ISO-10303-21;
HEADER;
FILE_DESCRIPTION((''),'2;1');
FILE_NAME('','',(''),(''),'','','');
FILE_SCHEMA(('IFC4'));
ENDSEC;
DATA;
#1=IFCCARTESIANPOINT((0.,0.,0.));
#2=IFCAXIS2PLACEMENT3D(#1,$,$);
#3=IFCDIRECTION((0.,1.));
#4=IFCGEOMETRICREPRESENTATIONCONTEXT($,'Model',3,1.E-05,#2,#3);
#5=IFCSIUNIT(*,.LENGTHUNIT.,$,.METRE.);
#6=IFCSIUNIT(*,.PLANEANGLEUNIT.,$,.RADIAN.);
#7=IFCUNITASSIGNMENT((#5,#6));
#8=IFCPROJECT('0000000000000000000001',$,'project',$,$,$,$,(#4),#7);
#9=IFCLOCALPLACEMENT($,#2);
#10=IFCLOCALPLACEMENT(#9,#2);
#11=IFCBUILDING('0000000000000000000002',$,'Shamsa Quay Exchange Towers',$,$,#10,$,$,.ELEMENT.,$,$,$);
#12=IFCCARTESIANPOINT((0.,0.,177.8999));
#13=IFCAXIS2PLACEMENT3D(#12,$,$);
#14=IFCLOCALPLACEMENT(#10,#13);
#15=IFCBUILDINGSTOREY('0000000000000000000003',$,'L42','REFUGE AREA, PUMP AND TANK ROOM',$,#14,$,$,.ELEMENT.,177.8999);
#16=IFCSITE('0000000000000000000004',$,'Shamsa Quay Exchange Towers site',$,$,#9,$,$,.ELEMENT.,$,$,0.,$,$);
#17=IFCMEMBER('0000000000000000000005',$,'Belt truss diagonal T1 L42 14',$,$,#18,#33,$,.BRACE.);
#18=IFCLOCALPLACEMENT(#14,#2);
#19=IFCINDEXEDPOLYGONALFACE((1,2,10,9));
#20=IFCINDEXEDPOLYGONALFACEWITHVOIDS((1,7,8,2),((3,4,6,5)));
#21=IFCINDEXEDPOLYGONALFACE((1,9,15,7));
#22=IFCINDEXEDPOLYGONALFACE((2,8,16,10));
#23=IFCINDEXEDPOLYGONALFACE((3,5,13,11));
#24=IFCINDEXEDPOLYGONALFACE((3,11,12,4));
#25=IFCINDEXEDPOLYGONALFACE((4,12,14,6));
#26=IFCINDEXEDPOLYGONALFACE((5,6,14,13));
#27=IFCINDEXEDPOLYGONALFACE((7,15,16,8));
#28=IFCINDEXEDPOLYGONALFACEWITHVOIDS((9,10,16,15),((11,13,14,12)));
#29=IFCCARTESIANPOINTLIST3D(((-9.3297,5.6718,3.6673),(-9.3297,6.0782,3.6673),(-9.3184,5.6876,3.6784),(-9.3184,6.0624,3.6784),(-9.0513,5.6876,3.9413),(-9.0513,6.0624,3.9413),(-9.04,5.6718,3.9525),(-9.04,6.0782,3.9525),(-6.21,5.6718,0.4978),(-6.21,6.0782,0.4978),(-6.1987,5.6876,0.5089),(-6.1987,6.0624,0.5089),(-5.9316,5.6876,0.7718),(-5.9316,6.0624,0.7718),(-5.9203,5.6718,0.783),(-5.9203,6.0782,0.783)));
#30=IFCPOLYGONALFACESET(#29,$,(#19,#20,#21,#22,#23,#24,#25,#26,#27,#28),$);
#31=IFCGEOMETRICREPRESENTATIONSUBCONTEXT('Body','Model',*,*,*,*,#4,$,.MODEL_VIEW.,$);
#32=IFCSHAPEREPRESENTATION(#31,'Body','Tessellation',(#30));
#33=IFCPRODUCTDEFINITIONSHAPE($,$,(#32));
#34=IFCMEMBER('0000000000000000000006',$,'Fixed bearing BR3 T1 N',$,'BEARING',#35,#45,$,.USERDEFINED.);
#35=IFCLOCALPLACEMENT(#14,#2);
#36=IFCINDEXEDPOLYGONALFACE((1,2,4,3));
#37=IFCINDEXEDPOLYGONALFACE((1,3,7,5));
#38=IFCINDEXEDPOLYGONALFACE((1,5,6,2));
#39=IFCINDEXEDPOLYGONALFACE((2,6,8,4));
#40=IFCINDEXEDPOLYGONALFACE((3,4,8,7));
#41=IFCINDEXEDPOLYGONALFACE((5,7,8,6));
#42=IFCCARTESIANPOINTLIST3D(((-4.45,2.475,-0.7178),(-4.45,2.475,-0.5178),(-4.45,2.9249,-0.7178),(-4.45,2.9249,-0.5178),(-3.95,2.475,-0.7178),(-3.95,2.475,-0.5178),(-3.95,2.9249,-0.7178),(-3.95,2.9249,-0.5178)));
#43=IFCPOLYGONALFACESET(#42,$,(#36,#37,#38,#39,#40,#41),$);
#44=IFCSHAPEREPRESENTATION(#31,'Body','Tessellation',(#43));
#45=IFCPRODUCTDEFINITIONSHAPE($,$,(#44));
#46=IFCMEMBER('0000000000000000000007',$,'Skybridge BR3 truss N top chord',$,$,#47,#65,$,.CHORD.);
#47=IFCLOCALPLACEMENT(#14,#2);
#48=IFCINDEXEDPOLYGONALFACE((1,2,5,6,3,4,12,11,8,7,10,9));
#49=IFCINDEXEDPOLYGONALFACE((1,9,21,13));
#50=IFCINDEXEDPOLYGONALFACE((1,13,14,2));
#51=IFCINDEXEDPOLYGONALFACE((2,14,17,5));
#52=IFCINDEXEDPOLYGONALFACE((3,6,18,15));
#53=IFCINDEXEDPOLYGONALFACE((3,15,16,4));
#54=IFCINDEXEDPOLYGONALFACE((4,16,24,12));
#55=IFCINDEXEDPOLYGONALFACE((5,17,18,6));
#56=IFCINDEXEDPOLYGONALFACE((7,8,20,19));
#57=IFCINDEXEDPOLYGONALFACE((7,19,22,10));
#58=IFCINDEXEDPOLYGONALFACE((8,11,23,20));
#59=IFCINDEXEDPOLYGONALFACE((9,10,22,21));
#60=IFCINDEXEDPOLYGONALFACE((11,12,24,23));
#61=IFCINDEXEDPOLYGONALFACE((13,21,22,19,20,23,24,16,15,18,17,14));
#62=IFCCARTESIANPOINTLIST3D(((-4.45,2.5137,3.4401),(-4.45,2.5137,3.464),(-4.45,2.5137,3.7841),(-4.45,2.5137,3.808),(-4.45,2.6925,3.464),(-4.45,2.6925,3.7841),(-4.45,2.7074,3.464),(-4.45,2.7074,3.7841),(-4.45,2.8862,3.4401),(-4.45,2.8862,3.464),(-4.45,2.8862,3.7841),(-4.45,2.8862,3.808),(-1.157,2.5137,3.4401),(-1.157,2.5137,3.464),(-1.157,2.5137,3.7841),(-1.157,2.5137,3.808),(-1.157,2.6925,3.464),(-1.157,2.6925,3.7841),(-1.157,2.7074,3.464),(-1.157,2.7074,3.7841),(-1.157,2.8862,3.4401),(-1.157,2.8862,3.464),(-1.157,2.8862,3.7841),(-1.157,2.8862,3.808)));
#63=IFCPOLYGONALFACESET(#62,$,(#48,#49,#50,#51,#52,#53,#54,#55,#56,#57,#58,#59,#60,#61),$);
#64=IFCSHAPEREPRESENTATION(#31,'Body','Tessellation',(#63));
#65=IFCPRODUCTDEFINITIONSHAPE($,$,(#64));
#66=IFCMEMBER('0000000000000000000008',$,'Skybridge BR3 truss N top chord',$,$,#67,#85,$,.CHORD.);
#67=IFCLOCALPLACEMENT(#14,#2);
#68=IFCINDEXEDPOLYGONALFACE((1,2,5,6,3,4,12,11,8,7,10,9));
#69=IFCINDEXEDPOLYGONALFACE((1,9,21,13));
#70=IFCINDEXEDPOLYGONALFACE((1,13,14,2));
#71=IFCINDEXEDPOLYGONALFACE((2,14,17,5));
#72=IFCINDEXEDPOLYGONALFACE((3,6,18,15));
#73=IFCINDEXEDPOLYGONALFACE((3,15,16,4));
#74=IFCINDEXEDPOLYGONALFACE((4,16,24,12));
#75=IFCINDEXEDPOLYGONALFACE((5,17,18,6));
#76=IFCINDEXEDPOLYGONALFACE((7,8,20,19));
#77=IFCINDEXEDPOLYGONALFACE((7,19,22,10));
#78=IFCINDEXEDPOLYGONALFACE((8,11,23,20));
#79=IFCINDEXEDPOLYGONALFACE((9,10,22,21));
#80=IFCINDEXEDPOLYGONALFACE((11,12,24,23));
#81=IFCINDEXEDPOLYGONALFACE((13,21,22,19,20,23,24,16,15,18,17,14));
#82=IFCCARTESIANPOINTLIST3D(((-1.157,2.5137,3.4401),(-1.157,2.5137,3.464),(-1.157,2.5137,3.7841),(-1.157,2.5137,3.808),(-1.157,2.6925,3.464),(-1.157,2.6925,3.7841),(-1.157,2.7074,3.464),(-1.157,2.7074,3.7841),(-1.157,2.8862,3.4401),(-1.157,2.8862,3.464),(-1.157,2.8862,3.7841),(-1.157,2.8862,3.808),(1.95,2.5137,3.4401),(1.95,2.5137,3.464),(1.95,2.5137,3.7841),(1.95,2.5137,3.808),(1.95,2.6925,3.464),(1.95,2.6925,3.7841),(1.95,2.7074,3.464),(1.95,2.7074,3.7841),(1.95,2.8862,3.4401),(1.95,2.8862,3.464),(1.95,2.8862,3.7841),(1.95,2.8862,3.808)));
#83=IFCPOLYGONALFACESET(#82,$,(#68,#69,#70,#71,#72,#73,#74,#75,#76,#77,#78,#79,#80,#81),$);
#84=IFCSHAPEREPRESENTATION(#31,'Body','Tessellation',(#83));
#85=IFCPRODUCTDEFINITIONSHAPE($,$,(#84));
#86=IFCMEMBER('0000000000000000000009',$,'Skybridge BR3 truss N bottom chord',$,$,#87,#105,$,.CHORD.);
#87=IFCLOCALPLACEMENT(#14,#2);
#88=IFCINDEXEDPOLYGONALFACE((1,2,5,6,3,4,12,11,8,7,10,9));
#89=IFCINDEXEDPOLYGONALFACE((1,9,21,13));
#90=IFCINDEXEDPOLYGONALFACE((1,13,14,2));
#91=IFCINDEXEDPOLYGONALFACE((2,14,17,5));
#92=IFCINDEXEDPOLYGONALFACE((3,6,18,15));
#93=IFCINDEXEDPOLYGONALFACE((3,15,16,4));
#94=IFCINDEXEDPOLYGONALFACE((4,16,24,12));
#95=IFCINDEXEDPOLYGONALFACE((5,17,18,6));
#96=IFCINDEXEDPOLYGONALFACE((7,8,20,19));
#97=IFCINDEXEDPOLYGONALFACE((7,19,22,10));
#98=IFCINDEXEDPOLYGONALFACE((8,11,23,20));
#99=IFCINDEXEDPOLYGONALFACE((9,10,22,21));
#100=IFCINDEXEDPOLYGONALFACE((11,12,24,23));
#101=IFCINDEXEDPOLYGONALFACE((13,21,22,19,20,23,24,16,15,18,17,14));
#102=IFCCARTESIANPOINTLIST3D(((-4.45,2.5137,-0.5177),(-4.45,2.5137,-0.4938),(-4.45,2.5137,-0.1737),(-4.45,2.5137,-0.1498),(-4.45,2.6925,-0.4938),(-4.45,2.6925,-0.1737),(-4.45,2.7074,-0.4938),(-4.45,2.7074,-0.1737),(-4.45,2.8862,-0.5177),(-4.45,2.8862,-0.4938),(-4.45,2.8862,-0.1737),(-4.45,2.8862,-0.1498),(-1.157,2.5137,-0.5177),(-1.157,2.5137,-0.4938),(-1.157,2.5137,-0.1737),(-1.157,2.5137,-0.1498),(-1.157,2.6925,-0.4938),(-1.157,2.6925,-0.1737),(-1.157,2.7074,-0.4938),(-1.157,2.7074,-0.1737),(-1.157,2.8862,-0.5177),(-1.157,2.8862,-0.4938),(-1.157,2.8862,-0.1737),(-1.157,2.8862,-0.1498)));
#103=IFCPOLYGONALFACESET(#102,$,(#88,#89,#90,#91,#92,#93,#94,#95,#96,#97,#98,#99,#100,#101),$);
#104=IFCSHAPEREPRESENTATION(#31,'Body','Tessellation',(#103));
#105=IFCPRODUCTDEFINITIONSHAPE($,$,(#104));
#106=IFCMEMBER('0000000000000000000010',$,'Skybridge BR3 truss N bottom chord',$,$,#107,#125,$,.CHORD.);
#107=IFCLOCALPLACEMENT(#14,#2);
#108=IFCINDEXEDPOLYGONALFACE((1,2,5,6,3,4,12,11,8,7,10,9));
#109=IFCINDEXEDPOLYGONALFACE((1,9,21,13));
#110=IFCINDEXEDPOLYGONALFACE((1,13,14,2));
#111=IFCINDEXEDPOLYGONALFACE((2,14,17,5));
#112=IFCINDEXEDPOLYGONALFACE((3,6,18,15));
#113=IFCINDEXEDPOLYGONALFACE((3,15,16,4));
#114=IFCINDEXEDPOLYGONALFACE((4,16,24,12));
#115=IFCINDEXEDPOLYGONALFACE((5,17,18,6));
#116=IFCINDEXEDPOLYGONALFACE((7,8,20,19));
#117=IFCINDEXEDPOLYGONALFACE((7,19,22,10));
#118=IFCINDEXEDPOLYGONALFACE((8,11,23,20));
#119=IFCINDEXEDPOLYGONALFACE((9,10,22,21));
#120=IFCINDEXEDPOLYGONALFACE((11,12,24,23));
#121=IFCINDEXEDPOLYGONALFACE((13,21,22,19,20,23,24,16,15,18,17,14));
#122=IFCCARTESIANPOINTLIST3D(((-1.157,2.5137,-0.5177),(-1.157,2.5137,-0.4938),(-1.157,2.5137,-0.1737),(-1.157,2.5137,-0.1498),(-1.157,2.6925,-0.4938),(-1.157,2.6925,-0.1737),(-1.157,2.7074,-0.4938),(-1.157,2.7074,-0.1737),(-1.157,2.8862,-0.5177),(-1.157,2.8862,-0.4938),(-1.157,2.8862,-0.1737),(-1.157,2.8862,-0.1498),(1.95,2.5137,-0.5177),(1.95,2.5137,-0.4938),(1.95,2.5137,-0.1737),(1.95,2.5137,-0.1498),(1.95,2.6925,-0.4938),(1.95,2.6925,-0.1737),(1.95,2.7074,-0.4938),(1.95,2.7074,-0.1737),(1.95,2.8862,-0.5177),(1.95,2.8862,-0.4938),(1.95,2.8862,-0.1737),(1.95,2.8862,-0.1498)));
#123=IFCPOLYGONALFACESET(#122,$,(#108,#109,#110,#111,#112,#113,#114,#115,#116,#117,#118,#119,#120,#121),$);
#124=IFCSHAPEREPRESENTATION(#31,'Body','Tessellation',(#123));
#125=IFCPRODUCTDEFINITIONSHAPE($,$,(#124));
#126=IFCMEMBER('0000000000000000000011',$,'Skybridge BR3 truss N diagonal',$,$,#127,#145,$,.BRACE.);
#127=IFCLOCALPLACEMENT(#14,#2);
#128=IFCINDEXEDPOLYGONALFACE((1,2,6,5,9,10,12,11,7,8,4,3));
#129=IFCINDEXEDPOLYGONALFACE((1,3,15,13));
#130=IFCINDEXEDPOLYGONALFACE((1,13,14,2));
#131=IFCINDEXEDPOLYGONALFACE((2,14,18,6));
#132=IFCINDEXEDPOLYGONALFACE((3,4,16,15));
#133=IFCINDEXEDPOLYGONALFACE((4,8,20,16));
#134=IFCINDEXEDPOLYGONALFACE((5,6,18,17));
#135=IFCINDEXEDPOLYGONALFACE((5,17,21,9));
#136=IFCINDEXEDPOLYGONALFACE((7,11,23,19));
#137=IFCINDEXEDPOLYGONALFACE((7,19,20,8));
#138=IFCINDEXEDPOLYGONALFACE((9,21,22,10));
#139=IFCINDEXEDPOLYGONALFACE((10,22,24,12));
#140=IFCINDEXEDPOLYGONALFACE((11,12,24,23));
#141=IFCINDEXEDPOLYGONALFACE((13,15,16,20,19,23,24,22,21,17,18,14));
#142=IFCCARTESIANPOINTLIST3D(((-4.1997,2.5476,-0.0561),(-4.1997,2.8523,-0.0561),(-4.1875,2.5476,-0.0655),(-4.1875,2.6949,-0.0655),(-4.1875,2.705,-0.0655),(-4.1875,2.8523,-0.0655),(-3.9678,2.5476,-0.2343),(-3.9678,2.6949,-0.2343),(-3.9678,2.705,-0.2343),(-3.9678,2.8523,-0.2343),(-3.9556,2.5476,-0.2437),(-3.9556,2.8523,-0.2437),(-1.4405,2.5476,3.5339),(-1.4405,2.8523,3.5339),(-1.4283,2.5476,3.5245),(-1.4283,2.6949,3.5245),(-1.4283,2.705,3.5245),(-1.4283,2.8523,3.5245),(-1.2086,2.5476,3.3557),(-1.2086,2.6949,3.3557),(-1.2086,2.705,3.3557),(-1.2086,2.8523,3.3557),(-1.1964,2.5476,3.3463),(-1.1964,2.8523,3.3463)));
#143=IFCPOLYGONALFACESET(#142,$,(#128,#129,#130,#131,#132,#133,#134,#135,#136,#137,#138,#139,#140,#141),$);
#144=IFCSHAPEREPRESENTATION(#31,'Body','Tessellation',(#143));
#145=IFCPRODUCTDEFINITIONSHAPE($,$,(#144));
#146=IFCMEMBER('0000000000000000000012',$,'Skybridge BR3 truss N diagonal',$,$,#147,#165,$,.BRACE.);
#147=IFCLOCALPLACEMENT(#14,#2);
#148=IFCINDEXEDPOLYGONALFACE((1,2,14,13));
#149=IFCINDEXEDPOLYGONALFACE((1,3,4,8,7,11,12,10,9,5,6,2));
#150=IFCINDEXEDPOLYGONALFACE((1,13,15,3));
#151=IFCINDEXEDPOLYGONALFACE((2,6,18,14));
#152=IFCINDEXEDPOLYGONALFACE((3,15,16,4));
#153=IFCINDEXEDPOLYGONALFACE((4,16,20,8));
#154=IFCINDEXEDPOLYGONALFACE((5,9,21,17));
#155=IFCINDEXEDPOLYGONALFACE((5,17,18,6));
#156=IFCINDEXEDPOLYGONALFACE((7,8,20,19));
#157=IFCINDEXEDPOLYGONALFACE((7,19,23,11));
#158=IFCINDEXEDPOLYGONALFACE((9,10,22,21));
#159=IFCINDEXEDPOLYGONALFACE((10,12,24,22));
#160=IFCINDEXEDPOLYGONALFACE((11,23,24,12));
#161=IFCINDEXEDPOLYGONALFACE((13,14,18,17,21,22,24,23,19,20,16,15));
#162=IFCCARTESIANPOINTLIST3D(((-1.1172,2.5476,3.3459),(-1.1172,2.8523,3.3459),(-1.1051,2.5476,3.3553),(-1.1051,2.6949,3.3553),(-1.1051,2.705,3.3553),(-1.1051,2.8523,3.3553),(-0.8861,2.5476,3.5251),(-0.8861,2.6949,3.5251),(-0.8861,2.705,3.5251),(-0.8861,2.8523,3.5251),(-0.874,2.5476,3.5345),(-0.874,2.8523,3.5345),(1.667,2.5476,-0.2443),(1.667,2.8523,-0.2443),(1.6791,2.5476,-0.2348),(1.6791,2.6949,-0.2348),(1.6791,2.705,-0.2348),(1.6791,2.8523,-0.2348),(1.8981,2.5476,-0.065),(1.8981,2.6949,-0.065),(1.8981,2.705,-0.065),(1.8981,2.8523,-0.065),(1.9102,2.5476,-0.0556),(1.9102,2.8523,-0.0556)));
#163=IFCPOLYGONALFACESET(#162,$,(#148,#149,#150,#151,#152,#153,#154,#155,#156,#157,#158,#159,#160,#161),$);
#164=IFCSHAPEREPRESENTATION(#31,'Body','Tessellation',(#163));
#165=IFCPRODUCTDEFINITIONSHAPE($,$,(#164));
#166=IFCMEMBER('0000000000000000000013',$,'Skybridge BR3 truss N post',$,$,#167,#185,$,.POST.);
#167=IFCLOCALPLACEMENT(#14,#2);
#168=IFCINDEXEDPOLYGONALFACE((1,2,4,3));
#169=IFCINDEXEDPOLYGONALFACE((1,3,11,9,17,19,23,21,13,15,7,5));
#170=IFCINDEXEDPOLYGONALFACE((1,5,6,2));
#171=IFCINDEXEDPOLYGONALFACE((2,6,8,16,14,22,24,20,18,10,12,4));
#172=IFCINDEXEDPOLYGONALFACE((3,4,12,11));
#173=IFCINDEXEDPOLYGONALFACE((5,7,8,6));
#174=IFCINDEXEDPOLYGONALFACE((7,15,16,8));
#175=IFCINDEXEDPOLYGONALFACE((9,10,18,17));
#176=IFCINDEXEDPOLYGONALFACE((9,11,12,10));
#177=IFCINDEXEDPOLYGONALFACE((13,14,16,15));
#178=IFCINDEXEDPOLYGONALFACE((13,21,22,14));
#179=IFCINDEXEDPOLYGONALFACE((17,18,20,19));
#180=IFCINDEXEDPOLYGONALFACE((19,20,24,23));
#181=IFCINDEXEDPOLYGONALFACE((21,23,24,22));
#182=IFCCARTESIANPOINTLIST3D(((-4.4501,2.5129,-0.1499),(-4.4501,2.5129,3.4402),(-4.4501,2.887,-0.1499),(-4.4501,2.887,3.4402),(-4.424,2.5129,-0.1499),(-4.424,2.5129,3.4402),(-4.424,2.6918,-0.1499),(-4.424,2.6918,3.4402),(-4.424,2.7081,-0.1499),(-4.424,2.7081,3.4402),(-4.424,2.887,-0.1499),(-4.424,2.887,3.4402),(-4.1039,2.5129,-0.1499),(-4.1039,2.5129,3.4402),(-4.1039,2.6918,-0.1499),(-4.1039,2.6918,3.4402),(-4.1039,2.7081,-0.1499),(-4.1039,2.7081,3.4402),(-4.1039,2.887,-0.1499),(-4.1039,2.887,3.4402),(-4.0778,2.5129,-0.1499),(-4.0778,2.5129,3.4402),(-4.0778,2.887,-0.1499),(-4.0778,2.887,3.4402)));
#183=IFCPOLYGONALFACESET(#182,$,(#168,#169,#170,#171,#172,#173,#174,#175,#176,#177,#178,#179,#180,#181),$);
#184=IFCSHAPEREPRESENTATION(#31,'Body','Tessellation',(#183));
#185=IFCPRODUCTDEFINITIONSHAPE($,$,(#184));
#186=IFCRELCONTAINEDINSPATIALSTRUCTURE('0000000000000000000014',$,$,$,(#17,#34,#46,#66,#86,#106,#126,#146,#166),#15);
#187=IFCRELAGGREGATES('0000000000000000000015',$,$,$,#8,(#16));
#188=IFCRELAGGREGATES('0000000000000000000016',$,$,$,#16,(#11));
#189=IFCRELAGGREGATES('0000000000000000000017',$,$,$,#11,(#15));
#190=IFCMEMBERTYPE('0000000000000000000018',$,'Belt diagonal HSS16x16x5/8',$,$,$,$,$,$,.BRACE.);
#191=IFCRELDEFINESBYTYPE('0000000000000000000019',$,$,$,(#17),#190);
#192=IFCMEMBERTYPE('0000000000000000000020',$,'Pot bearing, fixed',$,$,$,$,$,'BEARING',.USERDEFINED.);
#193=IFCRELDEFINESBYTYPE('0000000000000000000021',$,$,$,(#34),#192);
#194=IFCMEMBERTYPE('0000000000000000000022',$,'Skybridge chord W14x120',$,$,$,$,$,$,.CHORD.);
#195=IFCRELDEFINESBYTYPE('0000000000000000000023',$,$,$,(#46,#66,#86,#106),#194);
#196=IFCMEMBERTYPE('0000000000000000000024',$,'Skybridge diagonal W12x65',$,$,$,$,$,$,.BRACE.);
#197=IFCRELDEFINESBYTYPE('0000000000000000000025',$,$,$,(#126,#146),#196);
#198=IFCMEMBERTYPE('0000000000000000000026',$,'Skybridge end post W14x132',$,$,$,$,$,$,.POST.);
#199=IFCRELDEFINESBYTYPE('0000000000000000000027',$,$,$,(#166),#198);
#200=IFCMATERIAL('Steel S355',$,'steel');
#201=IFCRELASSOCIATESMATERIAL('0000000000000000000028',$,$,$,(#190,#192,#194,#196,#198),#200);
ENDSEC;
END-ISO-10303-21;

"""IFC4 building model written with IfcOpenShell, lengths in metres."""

from ifc_helpers import new_model, si_unit, direction, frame, origin, origin_2d, place, context, subcontext, project, spatial, rectangle, hollow_rectangle, i_section, extrude, material, material_profile, profile_set, type_object, element, save


model = new_model("IFC4")

# Units and contexts
model_context = context("Model", 3, precision=1e-05, world=origin(), true_north=direction((0.0, 1.0)))
body_context = subcontext(model_context, "Body", "Model", "MODEL_VIEW")
ifc_project = project(units=[si_unit("LENGTHUNIT", "METRE"), si_unit("PLANEANGLEUNIT", "RADIAN")], contexts=[model_context])

# Site, building, storey
site_placement = place(None, origin())
site = spatial("IfcSite", under=ifc_project, at=site_placement, Name="Shamsa Quay Exchange Towers site", CompositionType="ELEMENT", RefElevation=0.0)
building_placement = place(site_placement, origin())
building = spatial("IfcBuilding", under=site, at=building_placement, Name="Shamsa Quay Exchange Towers", CompositionType="ELEMENT")
storey_placement = place(building_placement, frame((0.0, 0.0, 177.8999)))
storey = spatial("IfcBuildingStorey", under=building, at=storey_placement, Name="L42", Description="REFUGE AREA, PUMP AND TANK ROOM", CompositionType="ELEMENT", Elevation=177.8999)

# Members
ifc_material_1 = material(Name="Steel S355", Category="steel")
ifc_material_profile_1 = material_profile(ifc_material_1, hollow_rectangle(XDim=0.4065, YDim=0.4065, WallThickness=0.0159, at=origin_2d()), Name="HSS16x16x5/8")
ifc_profile_set_1 = profile_set([ifc_material_profile_1], Name="Steel S355")
member_type_1 = type_object("IfcMemberType", Name="Belt diagonal HSS16x16x5/8", PredefinedType="BRACE", material=ifc_profile_set_1)
member_1_placement = place(storey_placement, frame((-6.0652, 5.875, 0.6404), z_axis=(-0.701485, 0.0, 0.712684), x_axis=(0.0, -1.0, 0.0)))
element("IfcMember", 1, at=member_1_placement, inside=storey, type_object=member_type_1, Name="Belt truss diagonal T1 L42 14", PredefinedType="BRACE", context=body_context, shape_type="SweptSolid", body=[
    extrude(hollow_rectangle(XDim=0.4065, YDim=0.4065, WallThickness=0.0159, at=origin_2d()), origin(), (0.0, 0.0, 1.0), 4.4473),
])
ifc_material_profile_2 = material_profile(ifc_material_1, rectangle(XDim=0.5, YDim=0.2, at=origin_2d()), Name="500x200")
ifc_profile_set_2 = profile_set([ifc_material_profile_2], Name="Steel S355")
member_type_2 = type_object("IfcMemberType", Name="Pot bearing, fixed", ElementType="BEARING", PredefinedType="USERDEFINED", material=ifc_profile_set_2)
member_2_placement = place(storey_placement, frame((-4.2, 2.7, -0.7178)))
element("IfcMember", 2, at=member_2_placement, inside=storey, type_object=member_type_2, Name="Fixed bearing BR3 T1 N", ObjectType="BEARING", PredefinedType="USERDEFINED", context=body_context, shape_type="SweptSolid", body=[
    extrude(rectangle(XDim=0.5, YDim=0.45, at=origin_2d()), origin(), (0.0, 0.0, 1.0), 0.2),
])
ifc_material_profile_3 = material_profile(ifc_material_1, i_section(OverallWidth=0.3726, OverallDepth=0.3679, WebThickness=0.0149, FlangeThickness=0.0239, at=origin_2d()), Name="W14x120")
ifc_profile_set_3 = profile_set([ifc_material_profile_3], Name="Steel S355")
member_type_3 = type_object("IfcMemberType", Name="Skybridge chord W14x120", PredefinedType="CHORD", material=ifc_profile_set_3)
member_3_placement = place(storey_placement, frame((-4.45, 2.7, 3.624), z_axis=(1.0, 0.0, 0.0), x_axis=(0.0, 1.0, 0.0)))
element("IfcMember", 3, at=member_3_placement, inside=storey, type_object=member_type_3, Name="Skybridge BR3 truss N top chord", PredefinedType="CHORD", context=body_context, shape_type="SweptSolid", body=[
    extrude(i_section(OverallWidth=0.3726, OverallDepth=0.3679, WebThickness=0.0149, FlangeThickness=0.0239, at=origin_2d()), origin(), (0.0, 0.0, 1.0), 3.293),
])
member_4_placement = place(storey_placement, frame((-1.157, 2.7, 3.624), z_axis=(1.0, 0.0, 0.0), x_axis=(0.0, 1.0, 0.0)))
element("IfcMember", 4, at=member_4_placement, inside=storey, type_object=member_type_3, Name="Skybridge BR3 truss N top chord", PredefinedType="CHORD", context=body_context, shape_type="SweptSolid", body=[
    extrude(i_section(OverallWidth=0.3726, OverallDepth=0.3679, WebThickness=0.0149, FlangeThickness=0.0239, at=origin_2d()), origin(), (0.0, 0.0, 1.0), 3.1069),
])
member_5_placement = place(storey_placement, frame((-4.45, 2.7, -0.3337), z_axis=(1.0, 0.0, 0.0), x_axis=(0.0, 1.0, 0.0)))
element("IfcMember", 5, at=member_5_placement, inside=storey, type_object=member_type_3, Name="Skybridge BR3 truss N bottom chord", PredefinedType="CHORD", context=body_context, shape_type="SweptSolid", body=[
    extrude(i_section(OverallWidth=0.3726, OverallDepth=0.3679, WebThickness=0.0149, FlangeThickness=0.0239, at=origin_2d()), origin(), (0.0, 0.0, 1.0), 3.293),
])
member_6_placement = place(storey_placement, frame((-1.157, 2.7, -0.3337), z_axis=(1.0, 0.0, 0.0), x_axis=(0.0, 1.0, 0.0)))
element("IfcMember", 6, at=member_6_placement, inside=storey, type_object=member_type_3, Name="Skybridge BR3 truss N bottom chord", PredefinedType="CHORD", context=body_context, shape_type="SweptSolid", body=[
    extrude(i_section(OverallWidth=0.3726, OverallDepth=0.3679, WebThickness=0.0149, FlangeThickness=0.0239, at=origin_2d()), origin(), (0.0, 0.0, 1.0), 3.1069),
])
ifc_material_profile_4 = material_profile(ifc_material_1, i_section(OverallWidth=0.3047, OverallDepth=0.3079, WebThickness=0.01, FlangeThickness=0.0154, at=origin_2d()), Name="W12x65")
ifc_profile_set_4 = profile_set([ifc_material_profile_4], Name="Steel S355")
member_type_4 = type_object("IfcMemberType", Name="Skybridge diagonal W12x65", PredefinedType="BRACE", material=ifc_profile_set_4)
member_7_placement = place(storey_placement, frame((-4.0776, 2.7, -0.1499), z_axis=(0.609388, 0.0, 0.792872), x_axis=(0.0, 1.0, 0.0)))
element("IfcMember", 7, at=member_7_placement, inside=storey, type_object=member_type_4, Name="Skybridge BR3 truss N diagonal", PredefinedType="BRACE", context=body_context, shape_type="SweptSolid", body=[
    extrude(i_section(OverallWidth=0.3047, OverallDepth=0.3079, WebThickness=0.01, FlangeThickness=0.0154, at=origin_2d()), origin(), (0.0, 0.0, 1.0), 4.5278),
])
member_8_placement = place(storey_placement, frame((-0.9956, 2.7, 3.4402), z_axis=(0.612828, 0.0, -0.790217), x_axis=(0.0, 1.0, 0.0)))
element("IfcMember", 8, at=member_8_placement, inside=storey, type_object=member_type_4, Name="Skybridge BR3 truss N diagonal", PredefinedType="BRACE", context=body_context, shape_type="SweptSolid", body=[
    extrude(i_section(OverallWidth=0.3047, OverallDepth=0.3079, WebThickness=0.01, FlangeThickness=0.0154, at=origin_2d()), origin(), (0.0, 0.0, 1.0), 4.5432),
])
ifc_material_profile_5 = material_profile(ifc_material_1, i_section(OverallWidth=0.374, OverallDepth=0.3723, WebThickness=0.0164, FlangeThickness=0.0261, at=origin_2d()), Name="W14x132")
ifc_profile_set_5 = profile_set([ifc_material_profile_5], Name="Steel S355")
member_type_5 = type_object("IfcMemberType", Name="Skybridge end post W14x132", PredefinedType="POST", material=ifc_profile_set_5)
member_9_placement = place(storey_placement, frame((-4.2639, 2.7, -0.1499), z_axis=(0.0, 0.0, 1.0), x_axis=(0.0, 1.0, 0.0)))
element("IfcMember", 9, at=member_9_placement, inside=storey, type_object=member_type_5, Name="Skybridge BR3 truss N post", PredefinedType="POST", context=body_context, shape_type="SweptSolid", body=[
    extrude(i_section(OverallWidth=0.374, OverallDepth=0.3723, WebThickness=0.0164, FlangeThickness=0.0261, at=origin_2d()), origin(), (0.0, 0.0, 1.0), 3.5901),
])

save(model, "model.ifc")
